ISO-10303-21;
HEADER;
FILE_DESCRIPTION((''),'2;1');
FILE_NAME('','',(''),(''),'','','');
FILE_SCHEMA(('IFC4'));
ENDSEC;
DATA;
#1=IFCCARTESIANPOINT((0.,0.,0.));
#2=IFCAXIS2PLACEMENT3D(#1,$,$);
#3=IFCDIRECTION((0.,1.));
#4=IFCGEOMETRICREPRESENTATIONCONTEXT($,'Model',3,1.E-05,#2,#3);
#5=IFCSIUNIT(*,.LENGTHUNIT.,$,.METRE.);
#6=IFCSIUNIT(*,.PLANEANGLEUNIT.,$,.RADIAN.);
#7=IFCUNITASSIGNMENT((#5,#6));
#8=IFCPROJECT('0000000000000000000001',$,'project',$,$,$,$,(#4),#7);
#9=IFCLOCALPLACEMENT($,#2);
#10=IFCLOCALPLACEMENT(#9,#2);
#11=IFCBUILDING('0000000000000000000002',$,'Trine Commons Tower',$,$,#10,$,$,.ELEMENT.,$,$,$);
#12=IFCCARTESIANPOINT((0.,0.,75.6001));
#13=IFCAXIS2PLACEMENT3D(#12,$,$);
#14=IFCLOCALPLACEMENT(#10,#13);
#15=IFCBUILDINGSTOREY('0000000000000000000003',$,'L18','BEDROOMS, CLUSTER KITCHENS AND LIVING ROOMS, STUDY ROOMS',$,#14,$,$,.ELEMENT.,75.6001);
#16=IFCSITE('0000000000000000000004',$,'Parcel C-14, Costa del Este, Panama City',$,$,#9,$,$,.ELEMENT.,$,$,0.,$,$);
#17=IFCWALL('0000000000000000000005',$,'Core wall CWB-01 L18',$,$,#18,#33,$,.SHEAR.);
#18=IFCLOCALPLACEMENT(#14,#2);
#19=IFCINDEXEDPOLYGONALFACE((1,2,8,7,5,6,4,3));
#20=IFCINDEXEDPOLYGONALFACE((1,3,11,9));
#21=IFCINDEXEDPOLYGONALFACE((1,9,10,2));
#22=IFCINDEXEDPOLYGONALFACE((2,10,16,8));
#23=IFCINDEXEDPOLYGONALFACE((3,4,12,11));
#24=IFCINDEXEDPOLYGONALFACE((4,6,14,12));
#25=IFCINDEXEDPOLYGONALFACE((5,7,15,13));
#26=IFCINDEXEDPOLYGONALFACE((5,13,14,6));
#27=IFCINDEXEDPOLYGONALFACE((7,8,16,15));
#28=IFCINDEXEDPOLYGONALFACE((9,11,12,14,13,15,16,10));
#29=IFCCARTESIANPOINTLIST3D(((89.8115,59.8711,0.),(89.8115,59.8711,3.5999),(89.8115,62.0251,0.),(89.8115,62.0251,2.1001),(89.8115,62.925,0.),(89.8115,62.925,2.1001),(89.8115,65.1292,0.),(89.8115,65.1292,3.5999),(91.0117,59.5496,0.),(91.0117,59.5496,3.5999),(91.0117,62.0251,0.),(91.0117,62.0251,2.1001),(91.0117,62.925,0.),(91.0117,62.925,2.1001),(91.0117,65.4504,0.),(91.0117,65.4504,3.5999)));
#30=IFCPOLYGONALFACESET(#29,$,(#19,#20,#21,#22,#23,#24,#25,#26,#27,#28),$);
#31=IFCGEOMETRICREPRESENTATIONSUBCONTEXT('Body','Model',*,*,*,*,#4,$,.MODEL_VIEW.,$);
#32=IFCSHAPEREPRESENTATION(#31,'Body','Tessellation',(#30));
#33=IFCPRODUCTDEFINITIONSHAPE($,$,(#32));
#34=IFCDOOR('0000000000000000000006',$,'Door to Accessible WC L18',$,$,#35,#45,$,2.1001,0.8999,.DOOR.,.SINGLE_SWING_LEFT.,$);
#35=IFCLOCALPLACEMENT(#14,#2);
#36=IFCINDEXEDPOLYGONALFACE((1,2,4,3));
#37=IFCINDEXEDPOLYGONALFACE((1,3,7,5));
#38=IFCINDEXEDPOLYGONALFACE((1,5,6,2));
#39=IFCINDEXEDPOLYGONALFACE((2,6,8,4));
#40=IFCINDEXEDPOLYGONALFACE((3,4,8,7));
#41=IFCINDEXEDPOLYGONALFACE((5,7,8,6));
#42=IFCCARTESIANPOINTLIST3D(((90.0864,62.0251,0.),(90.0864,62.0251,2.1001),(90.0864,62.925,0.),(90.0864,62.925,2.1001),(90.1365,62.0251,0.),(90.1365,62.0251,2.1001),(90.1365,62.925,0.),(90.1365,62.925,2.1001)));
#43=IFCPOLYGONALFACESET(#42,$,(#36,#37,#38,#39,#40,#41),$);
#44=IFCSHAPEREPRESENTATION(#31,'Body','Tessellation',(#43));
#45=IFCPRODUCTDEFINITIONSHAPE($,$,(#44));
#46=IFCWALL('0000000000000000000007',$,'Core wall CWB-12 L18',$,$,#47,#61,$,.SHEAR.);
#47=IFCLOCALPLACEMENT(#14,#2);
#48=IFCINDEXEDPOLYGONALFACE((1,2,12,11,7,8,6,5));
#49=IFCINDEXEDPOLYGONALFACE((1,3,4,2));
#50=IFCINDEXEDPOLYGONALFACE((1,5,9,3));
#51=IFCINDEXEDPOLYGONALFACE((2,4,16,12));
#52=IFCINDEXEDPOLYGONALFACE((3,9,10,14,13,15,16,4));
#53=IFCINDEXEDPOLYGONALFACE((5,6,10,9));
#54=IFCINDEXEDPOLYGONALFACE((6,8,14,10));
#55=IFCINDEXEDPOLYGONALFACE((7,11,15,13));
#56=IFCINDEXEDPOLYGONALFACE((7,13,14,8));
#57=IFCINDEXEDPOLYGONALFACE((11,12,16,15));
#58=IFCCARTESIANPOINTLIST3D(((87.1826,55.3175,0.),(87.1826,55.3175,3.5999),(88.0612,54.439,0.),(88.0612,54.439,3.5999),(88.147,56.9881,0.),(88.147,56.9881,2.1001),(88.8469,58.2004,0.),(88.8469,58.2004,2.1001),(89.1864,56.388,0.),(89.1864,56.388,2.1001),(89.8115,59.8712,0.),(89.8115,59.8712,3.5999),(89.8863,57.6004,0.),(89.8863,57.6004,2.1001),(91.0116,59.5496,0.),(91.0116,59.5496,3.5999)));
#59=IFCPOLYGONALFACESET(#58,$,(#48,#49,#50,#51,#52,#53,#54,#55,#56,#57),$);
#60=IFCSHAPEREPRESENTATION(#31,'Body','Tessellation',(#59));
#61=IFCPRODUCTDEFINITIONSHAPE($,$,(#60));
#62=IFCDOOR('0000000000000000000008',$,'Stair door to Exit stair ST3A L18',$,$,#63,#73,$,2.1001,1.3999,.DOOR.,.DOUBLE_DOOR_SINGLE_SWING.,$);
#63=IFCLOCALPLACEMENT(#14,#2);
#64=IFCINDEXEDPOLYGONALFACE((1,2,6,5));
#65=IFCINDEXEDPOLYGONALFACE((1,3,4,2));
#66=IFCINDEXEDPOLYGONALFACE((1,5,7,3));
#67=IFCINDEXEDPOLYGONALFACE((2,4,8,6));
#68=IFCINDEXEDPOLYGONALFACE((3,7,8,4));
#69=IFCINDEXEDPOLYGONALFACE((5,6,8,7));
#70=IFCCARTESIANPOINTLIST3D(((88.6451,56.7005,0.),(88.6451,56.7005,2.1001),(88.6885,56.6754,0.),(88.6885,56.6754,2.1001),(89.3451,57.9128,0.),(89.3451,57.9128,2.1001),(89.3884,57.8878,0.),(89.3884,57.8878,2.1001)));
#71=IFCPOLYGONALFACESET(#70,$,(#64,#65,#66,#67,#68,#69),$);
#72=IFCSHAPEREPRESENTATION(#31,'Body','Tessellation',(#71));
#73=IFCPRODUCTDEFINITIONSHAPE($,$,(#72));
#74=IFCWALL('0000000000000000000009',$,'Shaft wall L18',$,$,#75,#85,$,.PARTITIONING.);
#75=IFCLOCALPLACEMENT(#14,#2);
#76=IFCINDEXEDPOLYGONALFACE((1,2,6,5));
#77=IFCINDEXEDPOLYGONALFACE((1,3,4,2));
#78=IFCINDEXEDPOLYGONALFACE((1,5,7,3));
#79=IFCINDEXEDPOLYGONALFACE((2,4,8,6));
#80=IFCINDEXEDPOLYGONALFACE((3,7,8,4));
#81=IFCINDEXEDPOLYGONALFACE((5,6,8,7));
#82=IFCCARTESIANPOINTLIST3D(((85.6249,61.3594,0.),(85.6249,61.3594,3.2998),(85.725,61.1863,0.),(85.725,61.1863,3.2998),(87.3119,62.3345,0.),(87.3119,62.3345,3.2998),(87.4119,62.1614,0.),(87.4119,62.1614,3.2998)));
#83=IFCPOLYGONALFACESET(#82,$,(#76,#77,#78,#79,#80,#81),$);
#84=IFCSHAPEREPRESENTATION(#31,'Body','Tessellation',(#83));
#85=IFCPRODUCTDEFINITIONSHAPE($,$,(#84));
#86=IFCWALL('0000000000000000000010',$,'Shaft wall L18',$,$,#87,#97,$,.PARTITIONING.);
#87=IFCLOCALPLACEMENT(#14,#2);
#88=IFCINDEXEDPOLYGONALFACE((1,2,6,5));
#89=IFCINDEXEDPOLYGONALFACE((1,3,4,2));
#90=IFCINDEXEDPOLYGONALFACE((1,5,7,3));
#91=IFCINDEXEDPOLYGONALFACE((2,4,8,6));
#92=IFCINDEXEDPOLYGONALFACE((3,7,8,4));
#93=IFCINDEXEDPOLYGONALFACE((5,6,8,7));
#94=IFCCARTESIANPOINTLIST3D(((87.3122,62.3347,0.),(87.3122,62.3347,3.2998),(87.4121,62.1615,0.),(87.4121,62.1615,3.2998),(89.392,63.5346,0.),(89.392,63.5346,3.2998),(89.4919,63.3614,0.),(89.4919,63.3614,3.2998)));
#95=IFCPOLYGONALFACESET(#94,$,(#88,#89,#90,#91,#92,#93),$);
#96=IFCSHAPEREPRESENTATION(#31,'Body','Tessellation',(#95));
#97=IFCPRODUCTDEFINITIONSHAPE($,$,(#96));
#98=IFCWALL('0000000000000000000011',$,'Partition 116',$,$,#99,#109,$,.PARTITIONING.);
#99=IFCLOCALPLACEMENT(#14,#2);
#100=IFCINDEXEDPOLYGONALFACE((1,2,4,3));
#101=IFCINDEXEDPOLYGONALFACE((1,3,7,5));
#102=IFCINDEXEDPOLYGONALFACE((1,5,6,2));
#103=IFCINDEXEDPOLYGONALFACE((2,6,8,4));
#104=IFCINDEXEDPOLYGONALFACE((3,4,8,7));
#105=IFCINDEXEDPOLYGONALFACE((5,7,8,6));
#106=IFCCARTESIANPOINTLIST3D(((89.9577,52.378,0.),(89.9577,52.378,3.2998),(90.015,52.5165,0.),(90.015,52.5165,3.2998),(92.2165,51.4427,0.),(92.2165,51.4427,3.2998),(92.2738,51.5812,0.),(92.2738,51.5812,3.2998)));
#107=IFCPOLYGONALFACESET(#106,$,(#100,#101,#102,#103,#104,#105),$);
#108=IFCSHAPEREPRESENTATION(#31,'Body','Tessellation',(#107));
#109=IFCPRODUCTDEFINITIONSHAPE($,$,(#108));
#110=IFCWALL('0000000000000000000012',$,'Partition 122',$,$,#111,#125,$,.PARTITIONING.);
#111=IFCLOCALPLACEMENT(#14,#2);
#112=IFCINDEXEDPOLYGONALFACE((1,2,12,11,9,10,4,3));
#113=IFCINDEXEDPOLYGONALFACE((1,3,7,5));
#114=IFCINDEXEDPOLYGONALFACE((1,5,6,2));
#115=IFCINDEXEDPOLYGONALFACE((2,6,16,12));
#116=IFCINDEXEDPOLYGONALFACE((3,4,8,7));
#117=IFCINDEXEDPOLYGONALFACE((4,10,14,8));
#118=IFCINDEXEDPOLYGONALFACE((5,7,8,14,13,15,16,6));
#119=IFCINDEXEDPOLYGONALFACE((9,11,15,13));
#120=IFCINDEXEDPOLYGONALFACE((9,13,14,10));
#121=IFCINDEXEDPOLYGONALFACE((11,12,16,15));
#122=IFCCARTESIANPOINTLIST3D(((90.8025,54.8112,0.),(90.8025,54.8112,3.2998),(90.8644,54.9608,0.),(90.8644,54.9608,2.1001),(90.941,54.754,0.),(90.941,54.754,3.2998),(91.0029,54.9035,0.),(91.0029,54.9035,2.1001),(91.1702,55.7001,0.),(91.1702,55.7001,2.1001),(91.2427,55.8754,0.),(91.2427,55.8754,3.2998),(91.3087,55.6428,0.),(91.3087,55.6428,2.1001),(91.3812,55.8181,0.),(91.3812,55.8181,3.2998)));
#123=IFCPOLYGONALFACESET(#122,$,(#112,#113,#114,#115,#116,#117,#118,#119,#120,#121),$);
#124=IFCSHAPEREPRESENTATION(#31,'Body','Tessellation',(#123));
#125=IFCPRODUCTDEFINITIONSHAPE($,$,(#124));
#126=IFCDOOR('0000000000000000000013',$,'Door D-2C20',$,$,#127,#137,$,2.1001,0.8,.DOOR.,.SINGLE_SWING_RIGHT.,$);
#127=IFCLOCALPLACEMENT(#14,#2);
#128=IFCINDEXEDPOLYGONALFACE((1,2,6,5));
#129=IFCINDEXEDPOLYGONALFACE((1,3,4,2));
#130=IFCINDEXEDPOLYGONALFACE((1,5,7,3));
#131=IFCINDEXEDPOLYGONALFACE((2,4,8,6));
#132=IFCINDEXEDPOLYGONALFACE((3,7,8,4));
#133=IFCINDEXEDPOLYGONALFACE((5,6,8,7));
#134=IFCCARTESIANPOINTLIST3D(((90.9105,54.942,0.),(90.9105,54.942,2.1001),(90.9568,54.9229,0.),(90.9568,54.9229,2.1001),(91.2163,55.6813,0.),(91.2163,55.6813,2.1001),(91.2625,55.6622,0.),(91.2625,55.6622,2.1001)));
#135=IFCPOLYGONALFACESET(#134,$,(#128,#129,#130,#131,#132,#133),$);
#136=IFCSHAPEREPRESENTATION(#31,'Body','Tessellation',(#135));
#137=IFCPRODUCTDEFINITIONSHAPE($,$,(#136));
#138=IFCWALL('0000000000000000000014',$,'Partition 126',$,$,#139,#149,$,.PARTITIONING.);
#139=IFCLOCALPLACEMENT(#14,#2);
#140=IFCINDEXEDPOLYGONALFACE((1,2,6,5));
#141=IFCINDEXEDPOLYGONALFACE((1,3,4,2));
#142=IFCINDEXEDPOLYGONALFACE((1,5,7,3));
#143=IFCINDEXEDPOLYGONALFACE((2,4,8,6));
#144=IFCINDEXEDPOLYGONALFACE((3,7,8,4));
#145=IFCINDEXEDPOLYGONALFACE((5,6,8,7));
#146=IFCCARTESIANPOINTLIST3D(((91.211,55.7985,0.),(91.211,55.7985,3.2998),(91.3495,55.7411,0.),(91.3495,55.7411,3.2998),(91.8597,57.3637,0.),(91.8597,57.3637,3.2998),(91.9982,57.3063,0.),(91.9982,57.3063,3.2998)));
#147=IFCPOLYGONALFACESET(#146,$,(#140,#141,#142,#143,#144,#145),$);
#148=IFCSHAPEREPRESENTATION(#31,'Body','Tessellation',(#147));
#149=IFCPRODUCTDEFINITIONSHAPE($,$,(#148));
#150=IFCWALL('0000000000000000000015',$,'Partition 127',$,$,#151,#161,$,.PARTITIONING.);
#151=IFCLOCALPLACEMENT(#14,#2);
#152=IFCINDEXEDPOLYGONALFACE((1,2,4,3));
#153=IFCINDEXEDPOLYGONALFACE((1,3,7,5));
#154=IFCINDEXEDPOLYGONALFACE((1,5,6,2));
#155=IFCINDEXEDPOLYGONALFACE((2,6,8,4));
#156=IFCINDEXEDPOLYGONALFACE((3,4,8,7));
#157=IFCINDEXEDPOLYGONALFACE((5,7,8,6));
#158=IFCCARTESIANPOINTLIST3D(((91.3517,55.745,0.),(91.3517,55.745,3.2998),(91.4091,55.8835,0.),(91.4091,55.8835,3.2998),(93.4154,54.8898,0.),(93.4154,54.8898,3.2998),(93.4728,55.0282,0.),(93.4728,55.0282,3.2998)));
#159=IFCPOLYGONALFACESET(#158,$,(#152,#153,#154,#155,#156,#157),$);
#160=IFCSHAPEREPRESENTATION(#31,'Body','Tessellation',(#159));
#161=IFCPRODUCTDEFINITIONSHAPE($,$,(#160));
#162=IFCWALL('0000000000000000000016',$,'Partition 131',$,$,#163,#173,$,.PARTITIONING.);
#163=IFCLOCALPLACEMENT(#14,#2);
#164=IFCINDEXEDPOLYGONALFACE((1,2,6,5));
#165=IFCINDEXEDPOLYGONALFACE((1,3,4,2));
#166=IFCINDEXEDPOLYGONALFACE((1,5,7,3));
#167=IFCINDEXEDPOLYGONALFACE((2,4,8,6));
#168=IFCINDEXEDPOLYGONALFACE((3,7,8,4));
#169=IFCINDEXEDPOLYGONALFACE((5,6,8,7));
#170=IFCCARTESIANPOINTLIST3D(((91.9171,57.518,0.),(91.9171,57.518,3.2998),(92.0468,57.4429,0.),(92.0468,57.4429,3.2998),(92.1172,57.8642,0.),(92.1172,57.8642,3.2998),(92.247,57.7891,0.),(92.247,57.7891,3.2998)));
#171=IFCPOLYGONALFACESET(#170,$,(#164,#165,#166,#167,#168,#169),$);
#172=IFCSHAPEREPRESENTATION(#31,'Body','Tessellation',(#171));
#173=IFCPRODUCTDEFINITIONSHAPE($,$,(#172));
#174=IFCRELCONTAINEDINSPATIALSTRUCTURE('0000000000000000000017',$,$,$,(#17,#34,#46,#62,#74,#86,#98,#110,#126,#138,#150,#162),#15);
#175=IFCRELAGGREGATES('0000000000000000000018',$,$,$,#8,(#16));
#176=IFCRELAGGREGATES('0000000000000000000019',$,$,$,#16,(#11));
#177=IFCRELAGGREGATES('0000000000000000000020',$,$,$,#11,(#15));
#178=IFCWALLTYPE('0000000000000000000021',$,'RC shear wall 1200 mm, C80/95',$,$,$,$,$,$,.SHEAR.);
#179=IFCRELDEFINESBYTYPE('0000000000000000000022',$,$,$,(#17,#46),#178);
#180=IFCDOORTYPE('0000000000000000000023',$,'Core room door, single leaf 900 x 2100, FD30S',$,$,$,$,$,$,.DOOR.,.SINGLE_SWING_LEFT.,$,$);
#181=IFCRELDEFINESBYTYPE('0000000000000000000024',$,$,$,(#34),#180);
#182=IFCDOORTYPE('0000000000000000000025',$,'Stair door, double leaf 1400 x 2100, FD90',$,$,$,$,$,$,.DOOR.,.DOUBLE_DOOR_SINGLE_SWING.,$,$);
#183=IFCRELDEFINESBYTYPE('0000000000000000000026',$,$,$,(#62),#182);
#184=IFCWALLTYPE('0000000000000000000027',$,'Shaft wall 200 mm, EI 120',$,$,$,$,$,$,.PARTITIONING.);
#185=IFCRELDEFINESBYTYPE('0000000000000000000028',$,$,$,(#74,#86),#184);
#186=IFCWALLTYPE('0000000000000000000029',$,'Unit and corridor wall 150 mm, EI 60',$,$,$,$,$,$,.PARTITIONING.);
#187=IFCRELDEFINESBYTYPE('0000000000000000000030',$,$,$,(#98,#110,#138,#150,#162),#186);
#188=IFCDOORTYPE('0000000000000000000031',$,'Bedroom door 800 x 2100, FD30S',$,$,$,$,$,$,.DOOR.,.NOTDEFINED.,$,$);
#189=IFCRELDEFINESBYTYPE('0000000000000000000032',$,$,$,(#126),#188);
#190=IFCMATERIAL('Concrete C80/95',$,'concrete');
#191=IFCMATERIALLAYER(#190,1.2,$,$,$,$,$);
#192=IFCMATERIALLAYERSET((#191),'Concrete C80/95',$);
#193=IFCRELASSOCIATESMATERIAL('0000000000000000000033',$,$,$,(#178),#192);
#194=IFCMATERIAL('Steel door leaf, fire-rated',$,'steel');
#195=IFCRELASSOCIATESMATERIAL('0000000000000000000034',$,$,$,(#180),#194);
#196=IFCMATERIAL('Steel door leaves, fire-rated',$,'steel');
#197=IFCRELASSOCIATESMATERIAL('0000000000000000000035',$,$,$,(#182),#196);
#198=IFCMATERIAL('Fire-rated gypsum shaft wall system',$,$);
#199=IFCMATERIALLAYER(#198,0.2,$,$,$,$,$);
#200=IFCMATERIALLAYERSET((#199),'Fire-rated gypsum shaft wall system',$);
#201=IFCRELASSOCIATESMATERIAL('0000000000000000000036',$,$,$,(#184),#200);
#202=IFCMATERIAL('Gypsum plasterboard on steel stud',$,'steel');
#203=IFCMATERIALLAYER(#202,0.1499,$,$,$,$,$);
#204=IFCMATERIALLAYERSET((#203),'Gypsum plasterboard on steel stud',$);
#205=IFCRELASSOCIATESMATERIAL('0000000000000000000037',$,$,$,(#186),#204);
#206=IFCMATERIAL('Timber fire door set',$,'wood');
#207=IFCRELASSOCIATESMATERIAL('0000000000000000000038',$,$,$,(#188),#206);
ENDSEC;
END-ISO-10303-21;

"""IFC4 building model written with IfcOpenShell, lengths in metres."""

from ifc_helpers import new_model, si_unit, direction, frame, frame_2d, origin, place, context, subcontext, project, spatial, polyline, rectangle, outline, extrude, material, layer, layer_set, type_object, element, fill, save


model = new_model("IFC4")

# Units and contexts
model_context = context("Model", 3, precision=1e-05, world=origin(), true_north=direction((0.0, 1.0)))
body_context = subcontext(model_context, "Body", "Model", "MODEL_VIEW")
ifc_project = project(units=[si_unit("LENGTHUNIT", "METRE"), si_unit("PLANEANGLEUNIT", "RADIAN")], contexts=[model_context])

# Site, building, storey
site_placement = place(None, origin())
site = spatial("IfcSite", under=ifc_project, at=site_placement, Name="Parcel C-14, Costa del Este, Panama City", CompositionType="ELEMENT", RefElevation=0.0)
building_placement = place(site_placement, origin())
building = spatial("IfcBuilding", under=site, at=building_placement, Name="Trine Commons Tower", CompositionType="ELEMENT")
storey_placement = place(building_placement, frame((0.0, 0.0, 75.6001)))
storey = spatial("IfcBuildingStorey", under=building, at=storey_placement, Name="L18", Description="BEDROOMS, CLUSTER KITCHENS AND LIVING ROOMS, STUDY ROOMS", CompositionType="ELEMENT", Elevation=75.6001)

# Walls, openings, doors
ifc_material_1 = material(Name="Concrete C80/95", Category="concrete")
ifc_layer_1 = layer(ifc_material_1, 1.2)
ifc_layer_set_1 = layer_set([ifc_layer_1], Name="Concrete C80/95")
wall_type_1 = type_object("IfcWallType", Name="RC shear wall 1200 mm, C80/95", PredefinedType="SHEAR", material=ifc_layer_set_1)
wall_1_placement = place(storey_placement, frame((90.4116, 59.5496, 0.0), z_axis=(0.0, 0.0, 1.0), x_axis=(0.0, 1.0, 0.0)))
wall_1 = element("IfcWall", 1, at=wall_1_placement, inside=storey, type_object=wall_type_1, Name="Core wall CWB-01 L18", PredefinedType="SHEAR", context=body_context, shape_type="SweptSolid", body=[
    extrude(outline(polyline([(0.0, -0.6001), (5.9009, -0.6001), (5.5796, 0.6001), (0.3215, 0.6001), (0.0, -0.6001)])), origin(), (0.0, 0.0, 1.0), 3.5999),
])
opening_1_placement = place(wall_1_placement, frame((2.4756, 0.0, 0.0)))
opening_1 = element("IfcOpeningElement", 2, at=opening_1_placement, cuts=wall_1, PredefinedType="OPENING", context=body_context, shape_type="SweptSolid", body=[
    extrude(rectangle(XDim=0.8999, YDim=2.1001, at=frame_2d((0.45, 1.05))), frame((0.0, 0.6099, 0.0), z_axis=(0.0, -1.0, 0.0), x_axis=(1.0, 0.0, 0.0)), (0.0, 0.0, 1.0), 1.22),
])
ifc_material_2 = material(Name="Steel door leaf, fire-rated", Category="steel")
door_type_1 = type_object("IfcDoorType", Name="Core room door, single leaf 900 x 2100, FD30S", OperationType="SINGLE_SWING_LEFT", PredefinedType="DOOR", material=ifc_material_2)
door_1_placement = place(opening_1_placement, origin())
door_1 = element("IfcDoor", 3, at=door_1_placement, inside=storey, type_object=door_type_1, Name="Door to Accessible WC L18", OperationType="SINGLE_SWING_LEFT", OverallHeight=2.1001, OverallWidth=0.8999, PredefinedType="DOOR", context=body_context, shape_type="SweptSolid", body=[
    extrude(rectangle(XDim=0.8999, YDim=2.1001, at=frame_2d((0.45, 1.05))), frame((0.0, 0.3252, 0.0), z_axis=(0.0, -1.0, 0.0), x_axis=(1.0, 0.0, 0.0)), (0.0, 0.0, 1.0), 0.05),
])
fill(opening_1, door_1)
wall_2_placement = place(storey_placement, frame((87.5415, 54.739, 0.0), z_axis=(0.0, 0.0, 1.0), x_axis=(0.499979, 0.866037, 0.0)))
wall_2 = element("IfcWall", 4, at=wall_2_placement, inside=storey, type_object=wall_type_1, Name="Core wall CWB-12 L18", PredefinedType="SHEAR", context=body_context, shape_type="SweptSolid", body=[
    extrude(outline(polyline([(0.0, -0.6001), (5.9011, -0.6001), (5.5796, 0.6001), (0.3215, 0.6001), (0.0, -0.6001)])), origin(), (0.0, 0.0, 1.0), 3.5999),
])
opening_2_placement = place(wall_2_placement, frame((2.2505, 0.0, 0.0)))
opening_2 = element("IfcOpeningElement", 5, at=opening_2_placement, cuts=wall_2, PredefinedType="OPENING", context=body_context, shape_type="SweptSolid", body=[
    extrude(rectangle(XDim=1.3999, YDim=2.1001, at=frame_2d((0.7, 1.05))), frame((0.0, 0.6099, 0.0), z_axis=(0.0, -1.0, 0.0), x_axis=(1.0, 0.0, 0.0)), (0.0, 0.0, 1.0), 1.22),
])
ifc_material_3 = material(Name="Steel door leaves, fire-rated", Category="steel")
door_type_2 = type_object("IfcDoorType", Name="Stair door, double leaf 1400 x 2100, FD90", OperationType="DOUBLE_DOOR_SINGLE_SWING", PredefinedType="DOOR", material=ifc_material_3)
door_2_placement = place(opening_2_placement, origin())
door_2 = element("IfcDoor", 6, at=door_2_placement, inside=storey, type_object=door_type_2, Name="Stair door to Exit stair ST3A L18", OperationType="DOUBLE_DOOR_SINGLE_SWING", OverallHeight=2.1001, OverallWidth=1.3999, PredefinedType="DOOR", context=body_context, shape_type="SweptSolid", body=[
    extrude(rectangle(XDim=1.3999, YDim=2.1001, at=frame_2d((0.7, 1.05))), frame((0.0, 0.0249, 0.0), z_axis=(0.0, -1.0, 0.0), x_axis=(1.0, 0.0, 0.0)), (0.0, 0.0, 1.0), 0.05),
])
fill(opening_2, door_2)

# Walls
ifc_material_4 = material(Name="Fire-rated gypsum shaft wall system")
ifc_layer_2 = layer(ifc_material_4, 0.2)
ifc_layer_set_2 = layer_set([ifc_layer_2], Name="Fire-rated gypsum shaft wall system")
wall_type_2 = type_object("IfcWallType", Name="Shaft wall 200 mm, EI 120", PredefinedType="PARTITIONING", material=ifc_layer_set_2)
wall_3_placement = place(storey_placement, frame((85.675, 61.2729, 0.0), z_axis=(0.0, 0.0, 1.0), x_axis=(0.865781, 0.500424, 0.0)))
element("IfcWall", 7, at=wall_3_placement, inside=storey, type_object=wall_type_2, Name="Shaft wall L18", PredefinedType="PARTITIONING", context=body_context, shape_type="SweptSolid", body=[
    extrude(rectangle(XDim=1.9485, YDim=0.2, at=frame_2d((0.9741, 0.0))), origin(), (0.0, 0.0, 1.0), 3.2998),
])
wall_4_placement = place(storey_placement, frame((87.3621, 62.248, 0.0), z_axis=(0.0, 0.0, 1.0), x_axis=(0.866177, 0.499737, 0.0)))
element("IfcWall", 8, at=wall_4_placement, inside=storey, type_object=wall_type_2, Name="Shaft wall L18", PredefinedType="PARTITIONING", context=body_context, shape_type="SweptSolid", body=[
    extrude(rectangle(XDim=2.4011, YDim=0.2, at=frame_2d((1.2007, 0.0))), origin(), (0.0, 0.0, 1.0), 3.2998),
])
ifc_material_5 = material(Name="Gypsum plasterboard on steel stud", Category="steel")
ifc_layer_3 = layer(ifc_material_5, 0.1499)
ifc_layer_set_3 = layer_set([ifc_layer_3], Name="Gypsum plasterboard on steel stud")
wall_type_3 = type_object("IfcWallType", Name="Unit and corridor wall 150 mm, EI 60", PredefinedType="PARTITIONING", material=ifc_layer_set_3)
wall_5_placement = place(storey_placement, frame((89.9863, 52.4473, 0.0), z_axis=(0.0, 0.0, 1.0), x_axis=(0.923926, -0.382572, 0.0)))
element("IfcWall", 9, at=wall_5_placement, inside=storey, type_object=wall_type_3, Name="Partition 116", PredefinedType="PARTITIONING", context=body_context, shape_type="SweptSolid", body=[
    extrude(rectangle(XDim=2.4448, YDim=0.1499, at=frame_2d((1.2224, 0.0))), origin(), (0.0, 0.0, 1.0), 3.2998),
])

# Wall, opening, door
wall_6_placement = place(storey_placement, frame((90.8718, 54.7827, 0.0), z_axis=(0.0, 0.0, 1.0), x_axis=(0.382221, 0.924071, 0.0)))
wall_6 = element("IfcWall", 10, at=wall_6_placement, inside=storey, type_object=wall_type_3, Name="Partition 122", PredefinedType="PARTITIONING", context=body_context, shape_type="SweptSolid", body=[
    extrude(rectangle(XDim=1.1516, YDim=0.1499, at=frame_2d((0.5757, 0.0))), origin(), (0.0, 0.0, 1.0), 3.2998),
])
opening_3_placement = place(wall_6_placement, frame((0.1619, 0.0, 0.0)))
opening_3 = element("IfcOpeningElement", 11, at=opening_3_placement, cuts=wall_6, PredefinedType="OPENING", context=body_context, shape_type="SweptSolid", body=[
    extrude(rectangle(XDim=0.8, YDim=2.1001, at=frame_2d((0.3999, 1.05))), frame((0.0, 0.085, 0.0), z_axis=(0.0, -1.0, 0.0), x_axis=(1.0, 0.0, 0.0)), (0.0, 0.0, 1.0), 0.1699),
])
ifc_material_6 = material(Name="Timber fire door set", Category="wood")
door_type_3 = type_object("IfcDoorType", Name="Bedroom door 800 x 2100, FD30S", OperationType="NOTDEFINED", PredefinedType="DOOR", material=ifc_material_6)
door_3_placement = place(opening_3_placement, frame((0.8, 0.0, 0.0), z_axis=(0.0, 0.0, 1.0), x_axis=(-1.0, 0.0, 0.0)))
door_3 = element("IfcDoor", 12, at=door_3_placement, inside=storey, type_object=door_type_3, Name="Door D-2C20", OperationType="SINGLE_SWING_RIGHT", OverallHeight=2.1001, OverallWidth=0.8, PredefinedType="DOOR", context=body_context, shape_type="SweptSolid", body=[
    extrude(rectangle(XDim=0.8, YDim=2.1001, at=frame_2d((0.3999, 1.05))), frame((0.0, 0.0249, 0.0), z_axis=(0.0, -1.0, 0.0), x_axis=(1.0, 0.0, 0.0)), (0.0, 0.0, 1.0), 0.05),
])
fill(opening_3, door_3)

# Walls
wall_7_placement = place(storey_placement, frame((91.2803, 55.7698, 0.0), z_axis=(0.0, 0.0, 1.0), x_axis=(0.382865, 0.923804, 0.0)))
element("IfcWall", 13, at=wall_7_placement, inside=storey, type_object=wall_type_3, Name="Partition 126", PredefinedType="PARTITIONING", context=body_context, shape_type="SweptSolid", body=[
    extrude(rectangle(XDim=1.6943, YDim=0.1499, at=frame_2d((0.8472, 0.0))), origin(), (0.0, 0.0, 1.0), 3.2998),
])
wall_8_placement = place(storey_placement, frame((91.3804, 55.8142, 0.0), z_axis=(0.0, 0.0, 1.0), x_axis=(0.923816, -0.382838, 0.0)))
element("IfcWall", 14, at=wall_8_placement, inside=storey, type_object=wall_type_3, Name="Partition 127", PredefinedType="PARTITIONING", context=body_context, shape_type="SweptSolid", body=[
    extrude(rectangle(XDim=2.2339, YDim=0.1499, at=frame_2d((1.1169, 0.0))), origin(), (0.0, 0.0, 1.0), 3.2998),
])
wall_9_placement = place(storey_placement, frame((91.9819, 57.4805, 0.0), z_axis=(0.0, 0.0, 1.0), x_axis=(0.500603, 0.865677, 0.0)))
element("IfcWall", 15, at=wall_9_placement, inside=storey, type_object=wall_type_3, Name="Partition 131", PredefinedType="PARTITIONING", context=body_context, shape_type="SweptSolid", body=[
    extrude(rectangle(XDim=0.3999, YDim=0.1499, at=frame_2d((0.2, 0.0))), origin(), (0.0, 0.0, 1.0), 3.2998),
])

save(model, "model.ifc")
